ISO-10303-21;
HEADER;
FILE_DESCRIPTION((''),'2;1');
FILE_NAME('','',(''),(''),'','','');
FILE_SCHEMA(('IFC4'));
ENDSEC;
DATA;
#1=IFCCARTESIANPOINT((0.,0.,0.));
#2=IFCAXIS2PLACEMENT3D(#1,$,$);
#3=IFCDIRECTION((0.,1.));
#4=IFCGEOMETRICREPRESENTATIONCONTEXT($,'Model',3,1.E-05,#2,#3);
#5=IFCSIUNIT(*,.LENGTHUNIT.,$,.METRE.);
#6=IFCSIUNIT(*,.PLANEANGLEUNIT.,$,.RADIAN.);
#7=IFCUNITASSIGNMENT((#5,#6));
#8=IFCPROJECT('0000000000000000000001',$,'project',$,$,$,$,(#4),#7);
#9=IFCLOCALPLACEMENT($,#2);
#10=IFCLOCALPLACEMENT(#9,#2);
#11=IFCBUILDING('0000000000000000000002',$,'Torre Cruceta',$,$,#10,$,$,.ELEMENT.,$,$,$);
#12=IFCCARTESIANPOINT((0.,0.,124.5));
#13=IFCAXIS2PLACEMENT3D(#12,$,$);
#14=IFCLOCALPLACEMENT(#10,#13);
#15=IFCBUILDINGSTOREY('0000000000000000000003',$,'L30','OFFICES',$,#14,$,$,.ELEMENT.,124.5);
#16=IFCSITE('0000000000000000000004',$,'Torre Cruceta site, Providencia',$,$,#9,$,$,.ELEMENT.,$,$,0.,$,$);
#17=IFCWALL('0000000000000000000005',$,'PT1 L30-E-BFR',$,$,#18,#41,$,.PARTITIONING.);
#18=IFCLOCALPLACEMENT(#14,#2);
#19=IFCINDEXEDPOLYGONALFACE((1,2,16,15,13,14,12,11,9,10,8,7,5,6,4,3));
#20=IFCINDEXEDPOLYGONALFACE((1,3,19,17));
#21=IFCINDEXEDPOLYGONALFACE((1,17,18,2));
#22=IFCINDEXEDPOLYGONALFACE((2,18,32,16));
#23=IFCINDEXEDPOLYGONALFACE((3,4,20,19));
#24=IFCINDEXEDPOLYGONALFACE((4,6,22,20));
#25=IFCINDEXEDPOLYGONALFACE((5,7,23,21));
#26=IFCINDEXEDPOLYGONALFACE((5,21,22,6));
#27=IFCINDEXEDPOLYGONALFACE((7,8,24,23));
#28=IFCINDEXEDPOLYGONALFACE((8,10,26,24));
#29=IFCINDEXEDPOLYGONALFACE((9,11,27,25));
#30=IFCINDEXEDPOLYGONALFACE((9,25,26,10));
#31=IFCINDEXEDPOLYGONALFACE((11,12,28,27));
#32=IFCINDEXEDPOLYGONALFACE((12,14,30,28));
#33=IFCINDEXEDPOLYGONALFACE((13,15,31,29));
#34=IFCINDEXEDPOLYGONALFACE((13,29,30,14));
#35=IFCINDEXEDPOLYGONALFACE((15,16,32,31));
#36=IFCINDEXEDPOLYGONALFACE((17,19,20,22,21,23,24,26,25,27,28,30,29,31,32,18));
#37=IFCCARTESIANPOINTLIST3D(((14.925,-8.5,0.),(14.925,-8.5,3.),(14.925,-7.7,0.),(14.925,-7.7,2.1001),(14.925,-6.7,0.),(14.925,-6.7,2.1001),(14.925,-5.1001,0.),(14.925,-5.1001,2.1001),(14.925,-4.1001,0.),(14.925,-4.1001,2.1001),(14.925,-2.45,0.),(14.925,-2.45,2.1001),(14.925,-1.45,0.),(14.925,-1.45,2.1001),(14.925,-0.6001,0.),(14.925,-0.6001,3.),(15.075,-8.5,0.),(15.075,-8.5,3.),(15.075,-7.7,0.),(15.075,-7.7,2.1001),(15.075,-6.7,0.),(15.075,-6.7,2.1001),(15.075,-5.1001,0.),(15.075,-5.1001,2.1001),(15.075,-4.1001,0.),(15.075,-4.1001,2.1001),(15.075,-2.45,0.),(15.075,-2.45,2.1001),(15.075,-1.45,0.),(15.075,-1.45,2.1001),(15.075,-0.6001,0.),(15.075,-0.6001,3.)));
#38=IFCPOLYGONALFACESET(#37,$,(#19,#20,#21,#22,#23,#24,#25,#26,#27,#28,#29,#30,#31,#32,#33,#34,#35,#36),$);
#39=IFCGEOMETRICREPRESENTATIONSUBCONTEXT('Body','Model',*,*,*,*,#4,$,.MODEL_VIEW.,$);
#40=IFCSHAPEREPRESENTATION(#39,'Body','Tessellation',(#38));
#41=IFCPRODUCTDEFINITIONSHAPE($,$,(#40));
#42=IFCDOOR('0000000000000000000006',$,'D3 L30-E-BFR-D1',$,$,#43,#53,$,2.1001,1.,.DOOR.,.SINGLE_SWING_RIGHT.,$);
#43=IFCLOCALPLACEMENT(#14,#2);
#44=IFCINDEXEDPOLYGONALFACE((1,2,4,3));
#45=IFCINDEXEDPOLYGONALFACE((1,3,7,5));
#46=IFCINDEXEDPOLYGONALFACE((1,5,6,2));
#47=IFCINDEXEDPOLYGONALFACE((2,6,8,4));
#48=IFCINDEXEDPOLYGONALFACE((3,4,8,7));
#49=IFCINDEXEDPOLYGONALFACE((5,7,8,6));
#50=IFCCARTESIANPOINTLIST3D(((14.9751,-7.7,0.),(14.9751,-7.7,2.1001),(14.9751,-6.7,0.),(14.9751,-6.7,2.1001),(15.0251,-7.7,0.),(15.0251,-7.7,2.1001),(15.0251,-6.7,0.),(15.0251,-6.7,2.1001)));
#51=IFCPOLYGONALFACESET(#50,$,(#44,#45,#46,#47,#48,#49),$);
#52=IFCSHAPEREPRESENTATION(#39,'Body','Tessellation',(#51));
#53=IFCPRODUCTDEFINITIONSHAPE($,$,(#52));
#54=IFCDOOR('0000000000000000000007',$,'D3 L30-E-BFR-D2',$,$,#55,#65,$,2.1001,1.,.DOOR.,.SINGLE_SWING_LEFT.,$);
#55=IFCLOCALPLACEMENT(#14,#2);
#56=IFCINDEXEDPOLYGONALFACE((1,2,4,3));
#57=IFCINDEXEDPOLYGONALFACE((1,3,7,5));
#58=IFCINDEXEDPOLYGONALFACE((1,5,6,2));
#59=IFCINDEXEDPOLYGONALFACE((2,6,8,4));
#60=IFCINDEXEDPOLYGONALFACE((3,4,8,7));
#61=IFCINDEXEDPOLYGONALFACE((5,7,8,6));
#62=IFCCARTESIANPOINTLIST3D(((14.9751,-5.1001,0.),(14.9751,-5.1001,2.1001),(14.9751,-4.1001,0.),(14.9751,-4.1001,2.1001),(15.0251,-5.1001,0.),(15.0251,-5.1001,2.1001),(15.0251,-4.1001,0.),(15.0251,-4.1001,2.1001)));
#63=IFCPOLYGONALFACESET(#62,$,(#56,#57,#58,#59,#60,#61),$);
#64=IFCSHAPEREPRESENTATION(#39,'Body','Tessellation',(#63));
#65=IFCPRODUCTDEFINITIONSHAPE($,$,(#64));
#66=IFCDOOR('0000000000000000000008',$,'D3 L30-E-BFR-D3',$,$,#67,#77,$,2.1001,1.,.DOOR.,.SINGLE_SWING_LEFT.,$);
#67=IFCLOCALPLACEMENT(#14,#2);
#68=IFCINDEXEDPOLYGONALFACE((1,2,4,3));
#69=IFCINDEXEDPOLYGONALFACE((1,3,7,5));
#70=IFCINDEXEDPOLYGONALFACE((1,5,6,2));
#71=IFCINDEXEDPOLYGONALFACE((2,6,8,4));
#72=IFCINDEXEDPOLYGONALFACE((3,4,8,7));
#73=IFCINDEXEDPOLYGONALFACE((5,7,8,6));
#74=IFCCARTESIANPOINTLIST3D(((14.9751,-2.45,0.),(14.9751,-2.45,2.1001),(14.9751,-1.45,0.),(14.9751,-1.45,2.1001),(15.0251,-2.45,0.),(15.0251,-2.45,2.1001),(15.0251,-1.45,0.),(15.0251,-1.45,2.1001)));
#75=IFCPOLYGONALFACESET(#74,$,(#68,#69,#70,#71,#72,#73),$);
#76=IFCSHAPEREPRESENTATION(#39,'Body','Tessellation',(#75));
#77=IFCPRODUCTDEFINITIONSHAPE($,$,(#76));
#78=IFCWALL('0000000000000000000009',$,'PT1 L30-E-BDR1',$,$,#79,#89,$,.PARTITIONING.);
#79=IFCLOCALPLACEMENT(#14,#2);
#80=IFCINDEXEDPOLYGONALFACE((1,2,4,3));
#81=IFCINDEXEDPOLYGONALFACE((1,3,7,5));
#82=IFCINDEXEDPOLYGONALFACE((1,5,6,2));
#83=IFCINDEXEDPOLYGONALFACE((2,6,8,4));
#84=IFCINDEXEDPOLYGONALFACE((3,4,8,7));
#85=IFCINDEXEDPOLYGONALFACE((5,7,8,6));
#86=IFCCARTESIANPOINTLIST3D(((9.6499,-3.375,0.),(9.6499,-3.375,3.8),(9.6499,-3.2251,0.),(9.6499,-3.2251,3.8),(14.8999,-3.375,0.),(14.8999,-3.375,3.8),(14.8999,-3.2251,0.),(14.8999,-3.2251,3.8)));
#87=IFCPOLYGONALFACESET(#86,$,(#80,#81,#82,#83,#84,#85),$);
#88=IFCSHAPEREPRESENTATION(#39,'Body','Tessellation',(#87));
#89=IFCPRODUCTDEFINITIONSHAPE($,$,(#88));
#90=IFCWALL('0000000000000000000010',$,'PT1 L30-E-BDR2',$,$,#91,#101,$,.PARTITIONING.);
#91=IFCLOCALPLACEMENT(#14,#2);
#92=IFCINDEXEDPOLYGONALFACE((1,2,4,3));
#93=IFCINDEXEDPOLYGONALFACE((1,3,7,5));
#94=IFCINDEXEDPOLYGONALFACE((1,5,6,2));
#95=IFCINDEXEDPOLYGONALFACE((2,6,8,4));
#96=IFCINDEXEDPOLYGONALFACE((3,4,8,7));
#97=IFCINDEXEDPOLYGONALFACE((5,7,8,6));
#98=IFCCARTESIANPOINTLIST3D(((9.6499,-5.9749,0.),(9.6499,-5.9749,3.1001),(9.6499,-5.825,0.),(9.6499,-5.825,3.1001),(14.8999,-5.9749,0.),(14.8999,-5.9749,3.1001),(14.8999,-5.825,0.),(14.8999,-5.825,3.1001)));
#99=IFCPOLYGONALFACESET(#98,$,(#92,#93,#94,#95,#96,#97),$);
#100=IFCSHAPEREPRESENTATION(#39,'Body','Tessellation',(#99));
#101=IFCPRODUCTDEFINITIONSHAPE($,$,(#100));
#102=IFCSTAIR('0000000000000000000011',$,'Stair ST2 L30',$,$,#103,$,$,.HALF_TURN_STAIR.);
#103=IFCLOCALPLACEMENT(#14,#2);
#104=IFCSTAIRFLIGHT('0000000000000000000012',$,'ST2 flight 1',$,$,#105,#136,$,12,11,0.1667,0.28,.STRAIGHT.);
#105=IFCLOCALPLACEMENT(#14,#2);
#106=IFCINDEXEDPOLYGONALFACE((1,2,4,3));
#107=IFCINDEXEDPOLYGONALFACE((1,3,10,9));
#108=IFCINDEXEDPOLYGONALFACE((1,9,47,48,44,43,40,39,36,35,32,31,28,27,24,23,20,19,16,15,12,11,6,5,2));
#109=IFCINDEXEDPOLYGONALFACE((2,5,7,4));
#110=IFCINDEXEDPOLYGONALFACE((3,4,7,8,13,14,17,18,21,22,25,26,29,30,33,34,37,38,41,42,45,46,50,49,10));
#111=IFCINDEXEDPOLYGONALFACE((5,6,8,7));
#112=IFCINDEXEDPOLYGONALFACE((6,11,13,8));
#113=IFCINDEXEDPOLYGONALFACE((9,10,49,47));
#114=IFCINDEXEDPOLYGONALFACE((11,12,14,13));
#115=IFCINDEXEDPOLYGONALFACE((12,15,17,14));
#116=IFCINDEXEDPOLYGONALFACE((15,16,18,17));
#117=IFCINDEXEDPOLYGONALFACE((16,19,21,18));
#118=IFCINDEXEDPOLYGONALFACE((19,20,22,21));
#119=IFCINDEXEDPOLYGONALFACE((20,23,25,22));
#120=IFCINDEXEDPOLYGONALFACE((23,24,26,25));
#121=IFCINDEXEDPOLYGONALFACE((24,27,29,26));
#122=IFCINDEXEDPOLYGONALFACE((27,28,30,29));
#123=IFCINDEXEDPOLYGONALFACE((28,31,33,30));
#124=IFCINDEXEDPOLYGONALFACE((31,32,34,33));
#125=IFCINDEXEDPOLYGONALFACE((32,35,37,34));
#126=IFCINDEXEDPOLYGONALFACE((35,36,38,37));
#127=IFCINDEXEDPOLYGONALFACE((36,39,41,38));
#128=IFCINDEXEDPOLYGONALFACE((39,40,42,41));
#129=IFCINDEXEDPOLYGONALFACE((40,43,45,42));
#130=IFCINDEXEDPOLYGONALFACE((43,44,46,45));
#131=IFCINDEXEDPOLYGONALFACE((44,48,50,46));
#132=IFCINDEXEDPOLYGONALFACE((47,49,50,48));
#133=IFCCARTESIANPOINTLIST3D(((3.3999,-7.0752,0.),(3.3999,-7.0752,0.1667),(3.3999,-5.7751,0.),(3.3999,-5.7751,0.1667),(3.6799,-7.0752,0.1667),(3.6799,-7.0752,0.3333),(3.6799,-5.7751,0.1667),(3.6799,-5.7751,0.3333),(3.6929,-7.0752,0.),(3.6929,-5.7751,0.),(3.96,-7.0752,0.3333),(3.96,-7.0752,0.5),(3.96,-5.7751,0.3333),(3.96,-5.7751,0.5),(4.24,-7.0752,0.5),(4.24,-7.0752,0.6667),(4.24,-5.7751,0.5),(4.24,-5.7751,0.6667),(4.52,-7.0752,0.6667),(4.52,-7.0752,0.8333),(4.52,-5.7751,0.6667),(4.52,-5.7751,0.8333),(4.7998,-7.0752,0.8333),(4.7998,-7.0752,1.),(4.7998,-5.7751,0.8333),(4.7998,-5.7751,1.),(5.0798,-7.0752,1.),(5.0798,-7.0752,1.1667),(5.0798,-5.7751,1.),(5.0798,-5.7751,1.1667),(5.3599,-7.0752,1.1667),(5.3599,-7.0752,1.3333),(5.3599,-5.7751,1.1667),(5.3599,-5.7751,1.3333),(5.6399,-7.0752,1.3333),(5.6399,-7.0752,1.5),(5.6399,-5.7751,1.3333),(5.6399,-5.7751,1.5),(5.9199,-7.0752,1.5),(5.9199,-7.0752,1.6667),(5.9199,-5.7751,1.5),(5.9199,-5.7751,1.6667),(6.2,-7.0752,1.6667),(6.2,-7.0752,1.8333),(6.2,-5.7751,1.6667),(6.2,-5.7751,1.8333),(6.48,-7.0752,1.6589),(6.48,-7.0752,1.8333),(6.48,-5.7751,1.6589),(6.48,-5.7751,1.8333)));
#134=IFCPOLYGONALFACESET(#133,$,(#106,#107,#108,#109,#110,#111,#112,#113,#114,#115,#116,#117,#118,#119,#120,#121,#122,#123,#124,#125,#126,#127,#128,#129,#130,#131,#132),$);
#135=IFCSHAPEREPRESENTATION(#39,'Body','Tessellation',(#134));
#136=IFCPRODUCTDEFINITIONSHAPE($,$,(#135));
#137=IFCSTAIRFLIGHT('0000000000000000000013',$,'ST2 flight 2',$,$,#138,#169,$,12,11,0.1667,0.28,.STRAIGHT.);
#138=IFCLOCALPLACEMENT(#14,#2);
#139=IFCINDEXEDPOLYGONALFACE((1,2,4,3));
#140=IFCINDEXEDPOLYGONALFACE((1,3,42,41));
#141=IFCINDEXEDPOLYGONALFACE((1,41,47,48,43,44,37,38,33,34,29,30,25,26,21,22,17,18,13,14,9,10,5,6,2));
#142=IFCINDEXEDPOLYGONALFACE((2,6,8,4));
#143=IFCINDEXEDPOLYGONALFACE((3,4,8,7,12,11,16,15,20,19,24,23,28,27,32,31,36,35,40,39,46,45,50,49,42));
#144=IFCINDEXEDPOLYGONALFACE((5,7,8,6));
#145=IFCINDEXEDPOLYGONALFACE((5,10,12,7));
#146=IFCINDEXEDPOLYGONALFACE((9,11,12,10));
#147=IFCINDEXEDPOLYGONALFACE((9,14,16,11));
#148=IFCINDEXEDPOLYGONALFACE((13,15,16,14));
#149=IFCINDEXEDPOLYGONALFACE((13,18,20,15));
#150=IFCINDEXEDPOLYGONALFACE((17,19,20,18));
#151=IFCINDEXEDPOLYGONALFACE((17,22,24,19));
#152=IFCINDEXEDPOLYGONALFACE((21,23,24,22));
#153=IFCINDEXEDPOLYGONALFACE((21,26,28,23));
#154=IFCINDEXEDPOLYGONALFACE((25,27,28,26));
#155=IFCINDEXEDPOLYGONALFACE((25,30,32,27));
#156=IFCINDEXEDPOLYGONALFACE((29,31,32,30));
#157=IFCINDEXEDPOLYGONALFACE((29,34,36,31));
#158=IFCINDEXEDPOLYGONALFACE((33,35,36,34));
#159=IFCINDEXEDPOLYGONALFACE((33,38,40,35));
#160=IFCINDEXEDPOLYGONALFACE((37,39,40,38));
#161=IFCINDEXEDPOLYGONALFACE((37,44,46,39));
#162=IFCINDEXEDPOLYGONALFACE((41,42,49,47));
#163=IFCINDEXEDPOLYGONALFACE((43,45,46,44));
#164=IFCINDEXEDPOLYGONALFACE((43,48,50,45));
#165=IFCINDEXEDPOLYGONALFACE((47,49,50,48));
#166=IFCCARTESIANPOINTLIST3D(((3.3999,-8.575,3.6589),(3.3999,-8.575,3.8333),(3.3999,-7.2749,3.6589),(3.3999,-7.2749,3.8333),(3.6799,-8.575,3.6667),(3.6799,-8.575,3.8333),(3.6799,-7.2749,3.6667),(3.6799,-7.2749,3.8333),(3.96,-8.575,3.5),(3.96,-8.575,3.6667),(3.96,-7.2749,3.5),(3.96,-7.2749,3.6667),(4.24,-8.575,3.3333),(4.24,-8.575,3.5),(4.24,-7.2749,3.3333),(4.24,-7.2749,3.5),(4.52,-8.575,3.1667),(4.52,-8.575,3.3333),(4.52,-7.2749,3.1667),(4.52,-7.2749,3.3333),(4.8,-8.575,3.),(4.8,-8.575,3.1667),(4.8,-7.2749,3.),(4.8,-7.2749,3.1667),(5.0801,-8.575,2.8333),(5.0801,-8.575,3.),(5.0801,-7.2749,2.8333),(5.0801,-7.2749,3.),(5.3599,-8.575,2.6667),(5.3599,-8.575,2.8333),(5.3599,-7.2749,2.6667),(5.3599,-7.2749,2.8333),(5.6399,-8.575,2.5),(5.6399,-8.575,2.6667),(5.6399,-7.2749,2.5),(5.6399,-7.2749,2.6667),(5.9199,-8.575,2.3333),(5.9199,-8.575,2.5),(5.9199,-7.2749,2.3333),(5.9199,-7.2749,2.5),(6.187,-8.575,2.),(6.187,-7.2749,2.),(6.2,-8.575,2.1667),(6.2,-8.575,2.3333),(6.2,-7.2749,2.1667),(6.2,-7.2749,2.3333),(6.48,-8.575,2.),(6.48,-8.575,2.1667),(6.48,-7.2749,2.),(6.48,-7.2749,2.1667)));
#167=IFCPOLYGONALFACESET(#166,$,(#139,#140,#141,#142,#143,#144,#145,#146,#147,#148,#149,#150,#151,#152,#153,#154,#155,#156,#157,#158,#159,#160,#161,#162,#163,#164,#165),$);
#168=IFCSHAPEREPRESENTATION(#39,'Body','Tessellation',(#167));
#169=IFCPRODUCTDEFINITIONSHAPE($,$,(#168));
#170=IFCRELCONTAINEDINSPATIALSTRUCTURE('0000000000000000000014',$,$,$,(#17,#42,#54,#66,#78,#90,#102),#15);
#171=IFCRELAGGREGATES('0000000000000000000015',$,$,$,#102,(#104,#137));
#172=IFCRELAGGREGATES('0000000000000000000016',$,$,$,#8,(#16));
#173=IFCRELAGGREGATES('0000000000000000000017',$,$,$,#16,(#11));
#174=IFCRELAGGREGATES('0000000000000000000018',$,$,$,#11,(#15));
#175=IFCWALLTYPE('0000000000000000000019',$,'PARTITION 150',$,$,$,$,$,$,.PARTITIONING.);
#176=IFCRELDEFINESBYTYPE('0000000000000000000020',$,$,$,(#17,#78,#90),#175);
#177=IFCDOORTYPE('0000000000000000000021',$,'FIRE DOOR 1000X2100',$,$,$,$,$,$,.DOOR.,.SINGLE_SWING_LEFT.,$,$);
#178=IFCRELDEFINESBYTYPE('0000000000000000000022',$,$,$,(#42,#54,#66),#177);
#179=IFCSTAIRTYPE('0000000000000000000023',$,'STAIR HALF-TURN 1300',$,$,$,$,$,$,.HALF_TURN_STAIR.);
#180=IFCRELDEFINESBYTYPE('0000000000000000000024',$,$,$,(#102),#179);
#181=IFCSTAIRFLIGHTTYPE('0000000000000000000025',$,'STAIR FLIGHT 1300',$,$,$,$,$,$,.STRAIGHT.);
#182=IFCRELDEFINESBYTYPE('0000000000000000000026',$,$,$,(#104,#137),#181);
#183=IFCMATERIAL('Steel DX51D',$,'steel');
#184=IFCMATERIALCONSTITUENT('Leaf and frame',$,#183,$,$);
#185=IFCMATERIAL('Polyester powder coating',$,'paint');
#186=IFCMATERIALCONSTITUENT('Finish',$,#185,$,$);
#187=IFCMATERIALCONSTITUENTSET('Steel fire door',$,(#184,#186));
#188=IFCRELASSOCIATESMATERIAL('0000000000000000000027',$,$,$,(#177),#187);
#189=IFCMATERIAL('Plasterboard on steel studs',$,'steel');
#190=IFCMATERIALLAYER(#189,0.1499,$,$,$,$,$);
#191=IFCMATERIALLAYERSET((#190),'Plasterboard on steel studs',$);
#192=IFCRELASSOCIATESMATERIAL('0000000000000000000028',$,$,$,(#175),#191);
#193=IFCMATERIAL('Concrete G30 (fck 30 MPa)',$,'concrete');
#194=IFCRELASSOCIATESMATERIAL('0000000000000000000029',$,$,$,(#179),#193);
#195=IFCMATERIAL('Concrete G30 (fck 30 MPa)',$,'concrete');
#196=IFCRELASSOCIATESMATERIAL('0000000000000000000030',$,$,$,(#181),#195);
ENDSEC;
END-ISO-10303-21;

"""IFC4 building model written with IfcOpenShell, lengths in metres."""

from ifc_helpers import new_model, si_unit, direction, frame, frame_2d, origin, place, context, subcontext, project, spatial, polyline, rectangle, outline, extrude, material, layer, layer_set, constituent, constituent_set, type_object, element, fill, aggregate, save


model = new_model("IFC4")

# Units and contexts
model_context = context("Model", 3, precision=1e-05, world=origin(), true_north=direction((0.0, 1.0)))
body_context = subcontext(model_context, "Body", "Model", "MODEL_VIEW")
ifc_project = project(units=[si_unit("LENGTHUNIT", "METRE"), si_unit("PLANEANGLEUNIT", "RADIAN")], contexts=[model_context])

# Site, building, storey
site_placement = place(None, origin())
site = spatial("IfcSite", under=ifc_project, at=site_placement, Name="Torre Cruceta site, Providencia", CompositionType="ELEMENT", RefElevation=0.0)
building_placement = place(site_placement, origin())
building = spatial("IfcBuilding", under=site, at=building_placement, Name="Torre Cruceta", CompositionType="ELEMENT")
storey_placement = place(building_placement, frame((0.0, 0.0, 124.5)))
storey = spatial("IfcBuildingStorey", under=building, at=storey_placement, Name="L30", Description="OFFICES", CompositionType="ELEMENT", Elevation=124.5)

# Shared definitions
ifc_material_1 = material(Name="Steel DX51D", Category="steel")
ifc_constituent_1 = constituent(ifc_material_1, Name="Leaf and frame")
ifc_material_2 = material(Name="Polyester powder coating", Category="paint")
ifc_constituent_2 = constituent(ifc_material_2, Name="Finish")
ifc_constituent_set_1 = constituent_set(constituents=[ifc_constituent_1, ifc_constituent_2], Name="Steel fire door")
door_type_1 = type_object("IfcDoorType", Name="FIRE DOOR 1000X2100", OperationType="SINGLE_SWING_LEFT", PredefinedType="DOOR", material=ifc_constituent_set_1)

# Shared definitions
ifc_material_3 = material(Name="Plasterboard on steel studs", Category="steel")
ifc_layer_1 = layer(ifc_material_3, 0.1499)
ifc_layer_set_1 = layer_set([ifc_layer_1], Name="Plasterboard on steel studs")
wall_type_1 = type_object("IfcWallType", Name="PARTITION 150", PredefinedType="PARTITIONING", material=ifc_layer_set_1)

# Wall, openings, doors
wall_1_placement = place(storey_placement, frame((15.0, -8.5, 0.0), z_axis=(0.0, 0.0, 1.0), x_axis=(0.0, 1.0, 0.0)))
wall_1 = element("IfcWall", 1, at=wall_1_placement, inside=storey, type_object=wall_type_1, Name="PT1 L30-E-BFR", PredefinedType="PARTITIONING", context=body_context, shape_type="SweptSolid", body=[
    extrude(rectangle(XDim=7.8999, YDim=0.1499, at=frame_2d((3.95, 0.0))), origin(), (0.0, 0.0, 1.0), 3.0),
])
opening_1_placement = place(wall_1_placement, frame((0.8, 0.0, 0.0)))
opening_1 = element("IfcOpeningElement", 2, at=opening_1_placement, cuts=wall_1, PredefinedType="OPENING", context=body_context, shape_type="SweptSolid", body=[
    extrude(rectangle(XDim=1.0, YDim=2.1001, at=frame_2d((0.5, 1.05))), frame((0.0, 0.085, 0.0), z_axis=(0.0, -1.0, 0.0), x_axis=(1.0, 0.0, 0.0)), (0.0, 0.0, 1.0), 0.1699),
])
opening_2_placement = place(wall_1_placement, frame((3.3999, 0.0, 0.0)))
opening_2 = element("IfcOpeningElement", 3, at=opening_2_placement, cuts=wall_1, PredefinedType="OPENING", context=body_context, shape_type="SweptSolid", body=[
    extrude(rectangle(XDim=1.0, YDim=2.1001, at=frame_2d((0.5, 1.05))), frame((0.0, 0.085, 0.0), z_axis=(0.0, -1.0, 0.0), x_axis=(1.0, 0.0, 0.0)), (0.0, 0.0, 1.0), 0.1699),
])
opening_3_placement = place(wall_1_placement, frame((6.05, 0.0, 0.0)))
opening_3 = element("IfcOpeningElement", 4, at=opening_3_placement, cuts=wall_1, PredefinedType="OPENING", context=body_context, shape_type="SweptSolid", body=[
    extrude(rectangle(XDim=1.0, YDim=2.1001, at=frame_2d((0.5, 1.05))), frame((0.0, 0.085, 0.0), z_axis=(0.0, -1.0, 0.0), x_axis=(1.0, 0.0, 0.0)), (0.0, 0.0, 1.0), 0.1699),
])
door_1_placement = place(opening_1_placement, origin())
door_1 = element("IfcDoor", 5, at=door_1_placement, inside=storey, type_object=door_type_1, Name="D3 L30-E-BFR-D1", OperationType="SINGLE_SWING_RIGHT", OverallHeight=2.1001, OverallWidth=1.0, PredefinedType="DOOR", context=body_context, shape_type="SweptSolid", body=[
    extrude(rectangle(XDim=1.0, YDim=2.1001, at=frame_2d((0.5, 1.05))), frame((0.0, 0.0249, 0.0), z_axis=(0.0, -1.0, 0.0), x_axis=(1.0, 0.0, 0.0)), (0.0, 0.0, 1.0), 0.05),
])
fill(opening_1, door_1)
door_2_placement = place(opening_2_placement, origin())
door_2 = element("IfcDoor", 6, at=door_2_placement, inside=storey, type_object=door_type_1, Name="D3 L30-E-BFR-D2", OperationType="SINGLE_SWING_LEFT", OverallHeight=2.1001, OverallWidth=1.0, PredefinedType="DOOR", context=body_context, shape_type="SweptSolid", body=[
    extrude(rectangle(XDim=1.0, YDim=2.1001, at=frame_2d((0.5, 1.05))), frame((0.0, 0.0249, 0.0), z_axis=(0.0, -1.0, 0.0), x_axis=(1.0, 0.0, 0.0)), (0.0, 0.0, 1.0), 0.05),
])
fill(opening_2, door_2)
door_3_placement = place(opening_3_placement, origin())
door_3 = element("IfcDoor", 7, at=door_3_placement, inside=storey, type_object=door_type_1, Name="D3 L30-E-BFR-D3", OperationType="SINGLE_SWING_LEFT", OverallHeight=2.1001, OverallWidth=1.0, PredefinedType="DOOR", context=body_context, shape_type="SweptSolid", body=[
    extrude(rectangle(XDim=1.0, YDim=2.1001, at=frame_2d((0.5, 1.05))), frame((0.0, 0.0249, 0.0), z_axis=(0.0, -1.0, 0.0), x_axis=(1.0, 0.0, 0.0)), (0.0, 0.0, 1.0), 0.05),
])
fill(opening_3, door_3)

# Walls
wall_2_placement = place(storey_placement, frame((9.6499, -3.3, 0.0), z_axis=(0.0, 0.0, 1.0), x_axis=(1.0, 0.0, 0.0)))
element("IfcWall", 8, at=wall_2_placement, inside=storey, type_object=wall_type_1, Name="PT1 L30-E-BDR1", PredefinedType="PARTITIONING", context=body_context, shape_type="SweptSolid", body=[
    extrude(rectangle(XDim=5.25, YDim=0.1499, at=frame_2d((2.625, 0.0))), origin(), (0.0, 0.0, 1.0), 3.8),
])
wall_3_placement = place(storey_placement, frame((9.6499, -5.8999, 0.0), z_axis=(0.0, 0.0, 1.0), x_axis=(1.0, 0.0, 0.0)))
element("IfcWall", 9, at=wall_3_placement, inside=storey, type_object=wall_type_1, Name="PT1 L30-E-BDR2", PredefinedType="PARTITIONING", context=body_context, shape_type="SweptSolid", body=[
    extrude(rectangle(XDim=5.25, YDim=0.1499, at=frame_2d((2.625, 0.0))), origin(), (0.0, 0.0, 1.0), 3.1001),
])

# Stair, stair flights
ifc_material_4 = material(Name="Concrete G30 (fck 30 MPa)", Category="concrete")
stair_type = type_object("IfcStairType", Name="STAIR HALF-TURN 1300", PredefinedType="HALF_TURN_STAIR", material=ifc_material_4)
stair_placement = place(storey_placement, origin())
stair = element("IfcStair", 10, at=stair_placement, inside=storey, type_object=stair_type, Name="Stair ST2 L30", PredefinedType="HALF_TURN_STAIR")
ifc_material_5 = material(Name="Concrete G30 (fck 30 MPa)", Category="concrete")
stair_flight_type = type_object("IfcStairFlightType", Name="STAIR FLIGHT 1300", PredefinedType="STRAIGHT", material=ifc_material_5)
stair_flight_1_placement = place(storey_placement, frame((3.3999, -6.425, 0.0), z_axis=(0.0, 0.0, 1.0), x_axis=(1.0, 0.0, 0.0)))
stair_flight_1 = element("IfcStairFlight", 11, at=stair_flight_1_placement, type_object=stair_flight_type, Name="ST2 flight 1", NumberOfRisers=12, NumberOfTreads=11, PredefinedType="STRAIGHT", RiserHeight=0.1667, TreadLength=0.28, context=body_context, shape_type="SweptSolid", body=[
    extrude(outline(polyline([(0.0, 0.0), (0.0, 0.1667), (0.28, 0.1667), (0.28, 0.3333), (0.5601, 0.3333), (0.5601, 0.5), (0.8401, 0.5), (0.8401, 0.6667), (1.1201, 0.6667), (1.1201, 0.8333), (1.3999, 0.8333), (1.3999, 1.0), (1.6799, 1.0), (1.6799, 1.1667), (1.96, 1.1667), (1.96, 1.3333), (2.24, 1.3333), (2.24, 1.5), (2.52, 1.5), (2.52, 1.6667), (2.8, 1.6667), (2.8, 1.8333), (3.0801, 1.8333), (3.0801, 2.0), (3.0801, 1.6589), (0.293, 0.0), (0.0, 0.0)])), frame((0.0, 0.6499, 0.0), z_axis=(0.0, -1.0, 0.0), x_axis=(1.0, 0.0, 0.0)), (0.0, 0.0, 1.0), 1.3),
])
stair_flight_2_placement = place(storey_placement, frame((6.48, -7.925, 2.0), z_axis=(0.0, 0.0, 1.0), x_axis=(-1.0, 0.0, 0.0)))
stair_flight_2 = element("IfcStairFlight", 12, at=stair_flight_2_placement, type_object=stair_flight_type, Name="ST2 flight 2", NumberOfRisers=12, NumberOfTreads=11, PredefinedType="STRAIGHT", RiserHeight=0.1667, TreadLength=0.28, context=body_context, shape_type="SweptSolid", body=[
    extrude(outline(polyline([(0.0, 0.0), (0.0, 0.1667), (0.28, 0.1667), (0.28, 0.3333), (0.5601, 0.3333), (0.5601, 0.5), (0.8401, 0.5), (0.8401, 0.6667), (1.1201, 0.6667), (1.1201, 0.8333), (1.3999, 0.8333), (1.3999, 1.0), (1.6799, 1.0), (1.6799, 1.1667), (1.96, 1.1667), (1.96, 1.3333), (2.24, 1.3333), (2.24, 1.5), (2.52, 1.5), (2.52, 1.6667), (2.8, 1.6667), (2.8, 1.8333), (3.0801, 1.8333), (3.0801, 2.0), (3.0801, 1.6589), (0.293, 0.0), (0.0, 0.0)])), frame((0.0, 0.6499, 0.0), z_axis=(0.0, -1.0, 0.0), x_axis=(1.0, 0.0, 0.0)), (0.0, 0.0, 1.0), 1.3),
])
aggregate(stair, [stair_flight_1, stair_flight_2])

save(model, "model.ifc")
